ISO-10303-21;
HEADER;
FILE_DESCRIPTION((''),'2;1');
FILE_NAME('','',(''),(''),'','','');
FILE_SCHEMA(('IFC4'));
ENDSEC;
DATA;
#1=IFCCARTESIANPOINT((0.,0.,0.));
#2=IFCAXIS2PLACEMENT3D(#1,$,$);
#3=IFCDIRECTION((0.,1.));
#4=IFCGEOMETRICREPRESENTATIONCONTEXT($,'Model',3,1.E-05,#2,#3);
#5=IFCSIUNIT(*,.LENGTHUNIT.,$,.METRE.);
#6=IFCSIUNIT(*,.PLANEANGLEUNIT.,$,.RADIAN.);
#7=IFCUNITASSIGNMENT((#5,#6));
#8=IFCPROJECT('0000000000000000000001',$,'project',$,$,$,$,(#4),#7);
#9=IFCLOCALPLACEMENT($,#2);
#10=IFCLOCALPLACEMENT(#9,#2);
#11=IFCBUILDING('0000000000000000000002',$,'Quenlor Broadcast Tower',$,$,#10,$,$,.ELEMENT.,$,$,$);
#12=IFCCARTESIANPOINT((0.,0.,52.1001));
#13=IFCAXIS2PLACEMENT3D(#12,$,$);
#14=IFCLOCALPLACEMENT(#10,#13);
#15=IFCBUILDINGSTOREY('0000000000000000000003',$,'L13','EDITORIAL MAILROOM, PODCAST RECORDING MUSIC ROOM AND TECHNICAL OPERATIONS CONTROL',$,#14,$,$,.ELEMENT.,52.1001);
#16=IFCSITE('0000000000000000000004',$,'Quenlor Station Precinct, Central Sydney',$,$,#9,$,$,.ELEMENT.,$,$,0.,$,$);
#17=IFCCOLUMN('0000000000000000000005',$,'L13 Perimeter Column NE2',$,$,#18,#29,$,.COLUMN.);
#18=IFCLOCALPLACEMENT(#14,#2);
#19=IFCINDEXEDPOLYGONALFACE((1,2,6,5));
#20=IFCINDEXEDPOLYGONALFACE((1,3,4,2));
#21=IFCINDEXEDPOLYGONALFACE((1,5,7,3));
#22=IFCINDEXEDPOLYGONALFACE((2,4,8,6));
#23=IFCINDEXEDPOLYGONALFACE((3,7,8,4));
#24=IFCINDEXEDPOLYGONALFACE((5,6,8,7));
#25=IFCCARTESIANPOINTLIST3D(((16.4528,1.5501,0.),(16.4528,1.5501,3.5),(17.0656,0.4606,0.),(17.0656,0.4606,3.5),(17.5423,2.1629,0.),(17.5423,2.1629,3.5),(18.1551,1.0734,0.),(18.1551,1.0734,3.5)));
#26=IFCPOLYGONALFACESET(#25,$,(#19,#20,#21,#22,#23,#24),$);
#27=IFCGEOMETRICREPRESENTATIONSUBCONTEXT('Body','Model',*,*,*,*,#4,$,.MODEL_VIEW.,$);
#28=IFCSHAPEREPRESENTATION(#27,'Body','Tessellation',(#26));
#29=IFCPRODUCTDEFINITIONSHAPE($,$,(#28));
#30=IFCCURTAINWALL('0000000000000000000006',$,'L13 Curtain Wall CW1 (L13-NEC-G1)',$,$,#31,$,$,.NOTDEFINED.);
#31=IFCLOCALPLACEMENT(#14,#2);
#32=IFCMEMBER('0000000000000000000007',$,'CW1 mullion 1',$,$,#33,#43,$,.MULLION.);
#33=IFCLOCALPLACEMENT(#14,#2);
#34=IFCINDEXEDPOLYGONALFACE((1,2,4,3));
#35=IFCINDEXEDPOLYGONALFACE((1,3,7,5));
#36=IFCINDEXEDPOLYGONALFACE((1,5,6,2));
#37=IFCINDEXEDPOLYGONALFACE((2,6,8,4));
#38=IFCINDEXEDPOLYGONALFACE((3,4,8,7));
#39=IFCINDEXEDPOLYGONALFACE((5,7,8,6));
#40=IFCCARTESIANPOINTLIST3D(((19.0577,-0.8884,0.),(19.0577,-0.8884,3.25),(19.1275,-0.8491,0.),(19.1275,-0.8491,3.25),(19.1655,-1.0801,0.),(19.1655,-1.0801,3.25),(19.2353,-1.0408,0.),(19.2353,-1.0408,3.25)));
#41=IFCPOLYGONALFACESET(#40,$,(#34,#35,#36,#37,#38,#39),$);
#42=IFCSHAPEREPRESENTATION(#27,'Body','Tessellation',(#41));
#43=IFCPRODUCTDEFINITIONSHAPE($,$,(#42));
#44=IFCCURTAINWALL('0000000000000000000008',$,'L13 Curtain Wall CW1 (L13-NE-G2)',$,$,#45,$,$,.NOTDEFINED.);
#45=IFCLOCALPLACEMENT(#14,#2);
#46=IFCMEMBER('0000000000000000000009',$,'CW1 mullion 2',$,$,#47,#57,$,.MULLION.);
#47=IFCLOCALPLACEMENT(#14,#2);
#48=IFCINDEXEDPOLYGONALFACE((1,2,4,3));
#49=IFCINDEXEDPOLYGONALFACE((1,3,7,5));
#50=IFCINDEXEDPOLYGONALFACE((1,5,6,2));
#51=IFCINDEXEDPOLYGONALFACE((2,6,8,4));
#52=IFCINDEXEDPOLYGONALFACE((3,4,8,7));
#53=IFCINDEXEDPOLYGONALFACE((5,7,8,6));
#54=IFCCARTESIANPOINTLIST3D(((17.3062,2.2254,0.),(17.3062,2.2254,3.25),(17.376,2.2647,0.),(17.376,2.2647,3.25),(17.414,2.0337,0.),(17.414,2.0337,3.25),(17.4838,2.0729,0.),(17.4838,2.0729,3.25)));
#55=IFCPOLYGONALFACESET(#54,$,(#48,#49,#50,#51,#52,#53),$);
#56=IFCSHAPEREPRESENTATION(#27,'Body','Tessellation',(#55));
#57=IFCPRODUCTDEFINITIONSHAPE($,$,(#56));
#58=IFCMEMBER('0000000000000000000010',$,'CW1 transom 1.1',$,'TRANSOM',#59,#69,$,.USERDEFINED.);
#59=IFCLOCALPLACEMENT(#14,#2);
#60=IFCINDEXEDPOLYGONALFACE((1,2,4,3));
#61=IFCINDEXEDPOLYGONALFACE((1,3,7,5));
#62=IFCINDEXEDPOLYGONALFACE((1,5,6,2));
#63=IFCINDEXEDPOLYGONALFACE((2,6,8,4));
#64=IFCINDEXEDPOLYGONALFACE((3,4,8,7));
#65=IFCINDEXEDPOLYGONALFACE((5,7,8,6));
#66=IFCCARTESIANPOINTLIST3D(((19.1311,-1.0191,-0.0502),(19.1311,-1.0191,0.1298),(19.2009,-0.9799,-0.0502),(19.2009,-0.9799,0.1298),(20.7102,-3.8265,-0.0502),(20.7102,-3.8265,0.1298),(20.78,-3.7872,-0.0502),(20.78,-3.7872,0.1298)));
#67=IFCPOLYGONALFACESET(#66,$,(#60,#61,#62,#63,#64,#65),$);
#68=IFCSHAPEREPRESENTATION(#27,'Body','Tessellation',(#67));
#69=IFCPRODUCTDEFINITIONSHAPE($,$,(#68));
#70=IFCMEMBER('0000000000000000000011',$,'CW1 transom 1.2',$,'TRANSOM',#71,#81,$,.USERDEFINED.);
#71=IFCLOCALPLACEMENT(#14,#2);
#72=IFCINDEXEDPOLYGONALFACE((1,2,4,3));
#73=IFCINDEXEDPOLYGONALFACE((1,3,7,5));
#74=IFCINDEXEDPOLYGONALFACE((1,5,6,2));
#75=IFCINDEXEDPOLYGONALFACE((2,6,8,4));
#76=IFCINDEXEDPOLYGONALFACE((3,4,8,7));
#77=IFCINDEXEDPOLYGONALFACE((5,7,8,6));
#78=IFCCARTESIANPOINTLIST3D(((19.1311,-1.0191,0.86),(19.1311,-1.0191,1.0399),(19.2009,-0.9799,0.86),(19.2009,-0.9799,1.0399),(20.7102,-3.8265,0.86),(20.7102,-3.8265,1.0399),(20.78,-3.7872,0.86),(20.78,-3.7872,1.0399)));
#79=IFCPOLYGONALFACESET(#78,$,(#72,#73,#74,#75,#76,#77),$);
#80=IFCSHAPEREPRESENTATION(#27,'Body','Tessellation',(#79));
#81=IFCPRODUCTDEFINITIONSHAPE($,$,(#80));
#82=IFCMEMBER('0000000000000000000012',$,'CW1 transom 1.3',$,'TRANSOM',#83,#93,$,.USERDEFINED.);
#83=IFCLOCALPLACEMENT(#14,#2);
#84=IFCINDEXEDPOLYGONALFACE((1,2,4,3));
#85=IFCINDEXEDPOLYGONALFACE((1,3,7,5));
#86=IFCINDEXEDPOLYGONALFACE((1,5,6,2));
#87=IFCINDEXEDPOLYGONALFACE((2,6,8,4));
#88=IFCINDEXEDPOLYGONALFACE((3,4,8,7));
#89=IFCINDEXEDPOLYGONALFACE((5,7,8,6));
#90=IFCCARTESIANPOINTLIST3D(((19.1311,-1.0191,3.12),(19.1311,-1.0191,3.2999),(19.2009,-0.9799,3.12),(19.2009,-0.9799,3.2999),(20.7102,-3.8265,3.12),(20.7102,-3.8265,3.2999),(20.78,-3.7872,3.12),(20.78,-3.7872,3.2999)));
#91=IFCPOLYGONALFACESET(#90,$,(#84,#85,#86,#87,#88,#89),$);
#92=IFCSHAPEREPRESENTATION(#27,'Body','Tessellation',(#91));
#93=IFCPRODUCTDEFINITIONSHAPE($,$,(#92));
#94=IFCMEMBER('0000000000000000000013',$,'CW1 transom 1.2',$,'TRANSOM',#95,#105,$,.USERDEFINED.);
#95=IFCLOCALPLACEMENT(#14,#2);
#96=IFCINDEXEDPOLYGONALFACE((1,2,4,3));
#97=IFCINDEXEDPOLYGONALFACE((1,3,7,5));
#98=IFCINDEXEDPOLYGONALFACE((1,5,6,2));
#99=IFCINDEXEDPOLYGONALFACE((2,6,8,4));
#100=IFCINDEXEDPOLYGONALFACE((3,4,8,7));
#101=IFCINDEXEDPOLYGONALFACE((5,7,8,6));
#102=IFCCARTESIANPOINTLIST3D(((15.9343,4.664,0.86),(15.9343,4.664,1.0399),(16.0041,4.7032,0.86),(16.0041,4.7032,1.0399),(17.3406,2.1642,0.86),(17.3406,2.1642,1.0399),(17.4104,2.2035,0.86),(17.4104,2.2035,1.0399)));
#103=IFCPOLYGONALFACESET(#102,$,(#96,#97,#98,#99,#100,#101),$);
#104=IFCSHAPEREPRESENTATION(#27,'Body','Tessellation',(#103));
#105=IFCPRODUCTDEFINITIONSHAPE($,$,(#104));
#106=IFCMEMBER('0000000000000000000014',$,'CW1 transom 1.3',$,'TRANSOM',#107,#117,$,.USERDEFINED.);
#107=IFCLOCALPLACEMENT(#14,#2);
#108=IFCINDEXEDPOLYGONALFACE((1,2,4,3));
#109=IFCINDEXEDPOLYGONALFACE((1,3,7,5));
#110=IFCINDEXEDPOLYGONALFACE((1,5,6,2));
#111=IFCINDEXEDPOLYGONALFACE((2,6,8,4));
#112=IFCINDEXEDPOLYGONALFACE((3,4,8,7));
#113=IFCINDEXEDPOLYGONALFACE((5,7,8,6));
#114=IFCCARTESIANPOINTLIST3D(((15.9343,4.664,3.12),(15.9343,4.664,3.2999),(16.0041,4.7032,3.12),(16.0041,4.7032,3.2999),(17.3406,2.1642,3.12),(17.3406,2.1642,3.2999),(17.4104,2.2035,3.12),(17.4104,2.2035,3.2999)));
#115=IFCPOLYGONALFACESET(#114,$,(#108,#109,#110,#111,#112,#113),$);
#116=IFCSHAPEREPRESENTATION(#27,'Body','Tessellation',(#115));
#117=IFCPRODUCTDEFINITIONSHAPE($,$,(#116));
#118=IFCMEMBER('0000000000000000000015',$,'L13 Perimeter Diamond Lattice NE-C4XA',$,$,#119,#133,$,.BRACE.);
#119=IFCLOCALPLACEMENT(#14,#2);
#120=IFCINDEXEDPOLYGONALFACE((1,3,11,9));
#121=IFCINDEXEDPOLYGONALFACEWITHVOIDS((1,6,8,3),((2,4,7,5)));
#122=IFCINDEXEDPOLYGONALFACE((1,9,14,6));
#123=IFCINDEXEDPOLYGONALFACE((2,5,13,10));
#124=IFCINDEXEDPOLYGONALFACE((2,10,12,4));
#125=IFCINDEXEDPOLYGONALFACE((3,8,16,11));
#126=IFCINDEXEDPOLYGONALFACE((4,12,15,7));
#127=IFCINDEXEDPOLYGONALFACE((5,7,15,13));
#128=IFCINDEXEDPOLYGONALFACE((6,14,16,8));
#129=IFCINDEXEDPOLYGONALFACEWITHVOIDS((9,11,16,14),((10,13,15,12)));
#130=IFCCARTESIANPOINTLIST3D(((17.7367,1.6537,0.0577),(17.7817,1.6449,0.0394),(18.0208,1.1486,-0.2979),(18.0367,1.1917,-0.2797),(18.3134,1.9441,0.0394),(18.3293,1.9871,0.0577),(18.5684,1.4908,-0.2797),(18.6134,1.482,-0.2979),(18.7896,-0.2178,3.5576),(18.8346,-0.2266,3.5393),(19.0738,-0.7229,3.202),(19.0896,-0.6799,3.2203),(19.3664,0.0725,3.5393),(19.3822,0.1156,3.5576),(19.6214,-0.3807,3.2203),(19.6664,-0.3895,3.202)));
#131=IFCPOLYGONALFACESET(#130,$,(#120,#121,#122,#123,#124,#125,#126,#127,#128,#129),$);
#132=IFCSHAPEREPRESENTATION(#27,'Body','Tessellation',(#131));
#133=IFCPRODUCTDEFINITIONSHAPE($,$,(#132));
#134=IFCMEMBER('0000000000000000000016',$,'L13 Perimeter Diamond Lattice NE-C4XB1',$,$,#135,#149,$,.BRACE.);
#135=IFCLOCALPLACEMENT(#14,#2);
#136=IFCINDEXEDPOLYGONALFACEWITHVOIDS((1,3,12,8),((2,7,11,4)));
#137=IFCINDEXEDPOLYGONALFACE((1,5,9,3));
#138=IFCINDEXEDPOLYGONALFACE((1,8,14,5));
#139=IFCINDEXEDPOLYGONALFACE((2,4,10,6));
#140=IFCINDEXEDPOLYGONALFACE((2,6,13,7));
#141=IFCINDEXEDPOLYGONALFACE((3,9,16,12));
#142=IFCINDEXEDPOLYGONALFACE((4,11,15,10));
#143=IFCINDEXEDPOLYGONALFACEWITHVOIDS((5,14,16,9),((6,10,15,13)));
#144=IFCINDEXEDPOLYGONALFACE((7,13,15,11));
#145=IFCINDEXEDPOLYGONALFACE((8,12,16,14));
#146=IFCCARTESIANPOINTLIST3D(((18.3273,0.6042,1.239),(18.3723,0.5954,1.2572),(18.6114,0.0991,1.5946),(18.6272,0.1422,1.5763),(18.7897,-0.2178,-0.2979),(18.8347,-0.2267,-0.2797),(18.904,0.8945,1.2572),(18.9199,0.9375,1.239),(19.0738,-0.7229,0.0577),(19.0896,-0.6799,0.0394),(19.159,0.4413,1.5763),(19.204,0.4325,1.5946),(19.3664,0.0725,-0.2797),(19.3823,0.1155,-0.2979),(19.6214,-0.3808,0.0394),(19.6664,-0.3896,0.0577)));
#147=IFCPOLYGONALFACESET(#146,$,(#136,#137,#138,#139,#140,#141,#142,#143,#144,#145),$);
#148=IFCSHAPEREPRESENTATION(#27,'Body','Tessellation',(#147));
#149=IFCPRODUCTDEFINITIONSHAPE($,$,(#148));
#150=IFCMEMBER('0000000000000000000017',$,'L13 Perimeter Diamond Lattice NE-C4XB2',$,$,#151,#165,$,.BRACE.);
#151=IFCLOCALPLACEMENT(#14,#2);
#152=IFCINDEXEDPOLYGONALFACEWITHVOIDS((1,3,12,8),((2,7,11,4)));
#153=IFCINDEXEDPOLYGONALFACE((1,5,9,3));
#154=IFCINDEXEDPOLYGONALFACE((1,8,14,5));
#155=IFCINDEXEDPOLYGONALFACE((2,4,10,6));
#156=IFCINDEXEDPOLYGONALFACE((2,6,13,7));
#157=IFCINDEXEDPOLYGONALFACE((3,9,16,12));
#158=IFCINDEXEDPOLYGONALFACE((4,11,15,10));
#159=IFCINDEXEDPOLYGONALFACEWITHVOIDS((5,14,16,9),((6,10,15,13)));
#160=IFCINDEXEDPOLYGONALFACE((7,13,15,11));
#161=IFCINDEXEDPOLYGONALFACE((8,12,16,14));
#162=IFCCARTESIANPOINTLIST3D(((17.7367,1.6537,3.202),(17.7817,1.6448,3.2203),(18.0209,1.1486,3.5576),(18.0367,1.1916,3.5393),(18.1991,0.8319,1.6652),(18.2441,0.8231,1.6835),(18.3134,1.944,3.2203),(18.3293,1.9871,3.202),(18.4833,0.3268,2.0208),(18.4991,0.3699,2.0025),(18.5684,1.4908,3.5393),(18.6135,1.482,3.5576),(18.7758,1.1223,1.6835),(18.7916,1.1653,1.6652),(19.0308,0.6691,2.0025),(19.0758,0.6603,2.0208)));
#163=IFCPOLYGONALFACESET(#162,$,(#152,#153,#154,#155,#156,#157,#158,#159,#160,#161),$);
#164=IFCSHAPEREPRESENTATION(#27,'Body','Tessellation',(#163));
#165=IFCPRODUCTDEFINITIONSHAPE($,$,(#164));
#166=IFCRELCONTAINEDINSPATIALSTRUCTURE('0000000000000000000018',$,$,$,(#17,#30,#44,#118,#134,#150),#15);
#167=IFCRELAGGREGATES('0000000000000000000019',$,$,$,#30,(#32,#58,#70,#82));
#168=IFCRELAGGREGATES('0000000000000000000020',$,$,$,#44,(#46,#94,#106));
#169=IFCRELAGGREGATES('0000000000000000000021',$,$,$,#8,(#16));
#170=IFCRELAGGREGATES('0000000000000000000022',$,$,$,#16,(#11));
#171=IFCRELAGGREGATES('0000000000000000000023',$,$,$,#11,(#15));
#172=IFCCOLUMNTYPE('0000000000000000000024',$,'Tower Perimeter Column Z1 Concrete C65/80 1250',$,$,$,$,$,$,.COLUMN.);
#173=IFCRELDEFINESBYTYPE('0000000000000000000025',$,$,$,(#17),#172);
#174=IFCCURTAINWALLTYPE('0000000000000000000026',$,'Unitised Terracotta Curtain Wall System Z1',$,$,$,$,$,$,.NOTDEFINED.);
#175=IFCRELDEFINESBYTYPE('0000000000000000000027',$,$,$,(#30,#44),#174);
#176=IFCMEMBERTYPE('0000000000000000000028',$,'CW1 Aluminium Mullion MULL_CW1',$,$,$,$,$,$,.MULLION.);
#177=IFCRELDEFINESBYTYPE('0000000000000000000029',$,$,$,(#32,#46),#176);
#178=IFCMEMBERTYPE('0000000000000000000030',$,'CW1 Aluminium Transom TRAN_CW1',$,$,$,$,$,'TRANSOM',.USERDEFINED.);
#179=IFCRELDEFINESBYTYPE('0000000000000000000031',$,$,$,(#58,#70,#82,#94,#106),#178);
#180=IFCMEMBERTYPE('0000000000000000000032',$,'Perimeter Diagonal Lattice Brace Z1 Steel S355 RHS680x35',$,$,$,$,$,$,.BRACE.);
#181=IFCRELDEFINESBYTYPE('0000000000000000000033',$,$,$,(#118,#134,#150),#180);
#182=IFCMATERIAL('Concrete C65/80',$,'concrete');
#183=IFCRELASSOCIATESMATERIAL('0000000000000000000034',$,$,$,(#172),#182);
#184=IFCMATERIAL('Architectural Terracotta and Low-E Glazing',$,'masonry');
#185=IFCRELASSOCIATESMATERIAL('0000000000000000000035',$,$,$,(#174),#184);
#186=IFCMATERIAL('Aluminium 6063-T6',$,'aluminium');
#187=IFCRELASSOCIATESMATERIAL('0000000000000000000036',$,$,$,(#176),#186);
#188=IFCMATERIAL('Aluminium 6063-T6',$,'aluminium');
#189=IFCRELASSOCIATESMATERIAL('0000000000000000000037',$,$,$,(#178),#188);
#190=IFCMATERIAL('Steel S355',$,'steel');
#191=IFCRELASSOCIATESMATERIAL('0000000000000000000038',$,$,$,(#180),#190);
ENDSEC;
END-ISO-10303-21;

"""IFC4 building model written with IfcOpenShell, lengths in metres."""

from ifc_helpers import new_model, si_unit, direction, frame, origin, origin_2d, place, context, subcontext, project, spatial, rectangle, hollow_rectangle, extrude, material, material_profile, profile_set, type_object, element, aggregate, save


model = new_model("IFC4")

# Units and contexts
model_context = context("Model", 3, precision=1e-05, world=origin(), true_north=direction((0.0, 1.0)))
body_context = subcontext(model_context, "Body", "Model", "MODEL_VIEW")
ifc_project = project(units=[si_unit("LENGTHUNIT", "METRE"), si_unit("PLANEANGLEUNIT", "RADIAN")], contexts=[model_context])

# Site, building, storey
site_placement = place(None, origin())
site = spatial("IfcSite", under=ifc_project, at=site_placement, Name="Quenlor Station Precinct, Central Sydney", CompositionType="ELEMENT", RefElevation=0.0)
building_placement = place(site_placement, origin())
building = spatial("IfcBuilding", under=site, at=building_placement, Name="Quenlor Broadcast Tower", CompositionType="ELEMENT")
storey_placement = place(building_placement, frame((0.0, 0.0, 52.1001)))
storey = spatial("IfcBuildingStorey", under=building, at=storey_placement, Name="L13", Description="EDITORIAL MAILROOM, PODCAST RECORDING MUSIC ROOM AND TECHNICAL OPERATIONS CONTROL", CompositionType="ELEMENT", Elevation=52.1001)

# Column
ifc_material_1 = material(Name="Concrete C65/80", Category="concrete")
ifc_material_profile_1 = material_profile(ifc_material_1, rectangle(XDim=1.25, YDim=1.25, at=origin_2d()))
ifc_profile_set_1 = profile_set([ifc_material_profile_1], Name="Concrete C65/80 RC1250x1250")
column_type = type_object("IfcColumnType", Name="Tower Perimeter Column Z1 Concrete C65/80 1250", PredefinedType="COLUMN", material=ifc_profile_set_1)
column_placement = place(storey_placement, frame((17.304, 1.3118, 0.0), z_axis=(0.0, 0.0, 1.0), x_axis=(0.871575, 0.490262, 0.0)))
element("IfcColumn", 1, at=column_placement, inside=storey, type_object=column_type, Name="L13 Perimeter Column NE2", PredefinedType="COLUMN", context=body_context, shape_type="SweptSolid", body=[
    extrude(rectangle(XDim=1.25, YDim=1.25, at=origin_2d()), origin(), (0.0, 0.0, 1.0), 3.5),
])

# Curtain walls, members
ifc_material_2 = material(Name="Architectural Terracotta and Low-E Glazing", Category="masonry")
curtain_wall_type = type_object("IfcCurtainWallType", Name="Unitised Terracotta Curtain Wall System Z1", PredefinedType="NOTDEFINED", material=ifc_material_2)
curtain_wall_1_placement = place(storey_placement, origin())
curtain_wall_1 = element("IfcCurtainWall", 2, at=curtain_wall_1_placement, inside=storey, type_object=curtain_wall_type, Name="L13 Curtain Wall CW1 (L13-NEC-G1)", PredefinedType="NOTDEFINED")
ifc_material_3 = material(Name="Aluminium 6063-T6", Category="aluminium")
ifc_material_profile_2 = material_profile(ifc_material_3, rectangle(XDim=0.0801, YDim=0.22, at=origin_2d()))
ifc_profile_set_2 = profile_set([ifc_material_profile_2], Name="Aluminium 6063-T6 MULL80x220")
member_type_1 = type_object("IfcMemberType", Name="CW1 Aluminium Mullion MULL_CW1", PredefinedType="MULLION", material=ifc_profile_set_2)
member_1_placement = place(storey_placement, frame((19.1465, -0.9646, 0.0), z_axis=(0.0, 0.0, 1.0), x_axis=(0.871578, 0.490257, 0.0)))
member_1 = element("IfcMember", 3, at=member_1_placement, type_object=member_type_1, Name="CW1 mullion 1", PredefinedType="MULLION", context=body_context, shape_type="SweptSolid", body=[
    extrude(rectangle(XDim=0.0801, YDim=0.22, at=origin_2d()), origin(), (0.0, 0.0, 1.0), 3.25),
])
curtain_wall_2_placement = place(storey_placement, origin())
curtain_wall_2 = element("IfcCurtainWall", 4, at=curtain_wall_2_placement, inside=storey, type_object=curtain_wall_type, Name="L13 Curtain Wall CW1 (L13-NE-G2)", PredefinedType="NOTDEFINED")
member_2_placement = place(storey_placement, frame((17.395, 2.1492, 0.0), z_axis=(0.0, 0.0, 1.0), x_axis=(0.871568, 0.490274, 0.0)))
member_2 = element("IfcMember", 5, at=member_2_placement, type_object=member_type_1, Name="CW1 mullion 2", PredefinedType="MULLION", context=body_context, shape_type="SweptSolid", body=[
    extrude(rectangle(XDim=0.0801, YDim=0.22, at=origin_2d()), origin(), (0.0, 0.0, 1.0), 3.25),
])

# Members
ifc_material_4 = material(Name="Aluminium 6063-T6", Category="aluminium")
ifc_material_profile_3 = material_profile(ifc_material_4, rectangle(XDim=0.0801, YDim=0.1799, at=origin_2d()))
ifc_profile_set_3 = profile_set([ifc_material_profile_3], Name="Aluminium 6063-T6 TRAN80x180")
member_type_2 = type_object("IfcMemberType", Name="CW1 Aluminium Transom TRAN_CW1", ElementType="TRANSOM", PredefinedType="USERDEFINED", material=ifc_profile_set_3)
member_3_placement = place(storey_placement, frame((19.166, -0.9995, 0.0398), z_axis=(0.49025, -0.871582, 0.0), x_axis=(0.871582, 0.49025, 0.0)))
member_3 = element("IfcMember", 6, at=member_3_placement, type_object=member_type_2, Name="CW1 transom 1.1", ObjectType="TRANSOM", PredefinedType="USERDEFINED", context=body_context, shape_type="SweptSolid", body=[
    extrude(rectangle(XDim=0.0801, YDim=0.1799, at=origin_2d()), origin(), (0.0, 0.0, 1.0), 3.2209),
])
member_4_placement = place(storey_placement, frame((19.166, -0.9995, 0.95), z_axis=(0.49025, -0.871582, 0.0), x_axis=(0.871582, 0.49025, 0.0)))
member_4 = element("IfcMember", 7, at=member_4_placement, type_object=member_type_2, Name="CW1 transom 1.2", ObjectType="TRANSOM", PredefinedType="USERDEFINED", context=body_context, shape_type="SweptSolid", body=[
    extrude(rectangle(XDim=0.0801, YDim=0.1799, at=origin_2d()), origin(), (0.0, 0.0, 1.0), 3.2209),
])
member_5_placement = place(storey_placement, frame((19.166, -0.9995, 3.21), z_axis=(0.49025, -0.871582, 0.0), x_axis=(0.871582, 0.49025, 0.0)))
member_5 = element("IfcMember", 8, at=member_5_placement, type_object=member_type_2, Name="CW1 transom 1.3", ObjectType="TRANSOM", PredefinedType="USERDEFINED", context=body_context, shape_type="SweptSolid", body=[
    extrude(rectangle(XDim=0.0801, YDim=0.1799, at=origin_2d()), origin(), (0.0, 0.0, 1.0), 3.2209),
])
aggregate(curtain_wall_1, [member_1, member_3, member_4, member_5])
member_6_placement = place(storey_placement, frame((15.9692, 4.6836, 0.95), z_axis=(0.490298, -0.871555, 0.0), x_axis=(0.871555, 0.490298, 0.0)))
member_6 = element("IfcMember", 9, at=member_6_placement, type_object=member_type_2, Name="CW1 transom 1.2", ObjectType="TRANSOM", PredefinedType="USERDEFINED", context=body_context, shape_type="SweptSolid", body=[
    extrude(rectangle(XDim=0.0801, YDim=0.1799, at=origin_2d()), origin(), (0.0, 0.0, 1.0), 2.8682),
])
member_7_placement = place(storey_placement, frame((15.9692, 4.6836, 3.21), z_axis=(0.490298, -0.871555, 0.0), x_axis=(0.871555, 0.490298, 0.0)))
member_7 = element("IfcMember", 10, at=member_7_placement, type_object=member_type_2, Name="CW1 transom 1.3", ObjectType="TRANSOM", PredefinedType="USERDEFINED", context=body_context, shape_type="SweptSolid", body=[
    extrude(rectangle(XDim=0.0801, YDim=0.1799, at=origin_2d()), origin(), (0.0, 0.0, 1.0), 2.8682),
])

# Members
ifc_material_5 = material(Name="Steel S355", Category="steel")
ifc_material_profile_4 = material_profile(ifc_material_5, hollow_rectangle(XDim=0.6799, YDim=0.6799, WallThickness=0.0349, at=origin_2d()))
ifc_profile_set_4 = profile_set([ifc_material_profile_4], Name="Steel S355 RHS680x680x35")
member_type_3 = type_object("IfcMemberType", Name="Perimeter Diagonal Lattice Brace Z1 Steel S355 RHS680x35", PredefinedType="BRACE", material=ifc_profile_set_4)
member_8_placement = place(storey_placement, frame((18.175, 1.5679, -0.1201), z_axis=(0.256431, -0.455785, 0.852352), x_axis=(0.871533, 0.490337, 0.0)))
element("IfcMember", 11, at=member_8_placement, inside=storey, type_object=member_type_3, Name="L13 Perimeter Diamond Lattice NE-C4XA", PredefinedType="BRACE", context=body_context, shape_type="SweptSolid", body=[
    extrude(hollow_rectangle(XDim=0.6799, YDim=0.6799, WallThickness=0.0349, at=origin_2d()), origin(), (0.0, 0.0, 1.0), 4.1062),
])
member_9_placement = place(storey_placement, frame((19.228, -0.3037, -0.1201), z_axis=(-0.256436, 0.455871, 0.852304), x_axis=(-0.871569, -0.490274, 0.0)))
element("IfcMember", 12, at=member_9_placement, inside=storey, type_object=member_type_3, Name="L13 Perimeter Diamond Lattice NE-C4XB1", PredefinedType="BRACE", context=body_context, shape_type="SweptSolid", body=[
    extrude(hollow_rectangle(XDim=0.6799, YDim=0.6799, WallThickness=0.0349, at=origin_2d()), origin(), (0.0, 0.0, 1.0), 1.8032),
])
member_10_placement = place(storey_placement, frame((18.6375, 0.7461, 1.843), z_axis=(-0.256452, 0.455764, 0.852357), x_axis=(-0.871506, -0.490384, 0.0)))
element("IfcMember", 13, at=member_10_placement, inside=storey, type_object=member_type_3, Name="L13 Perimeter Diamond Lattice NE-C4XB2", PredefinedType="BRACE", context=body_context, shape_type="SweptSolid", body=[
    extrude(hollow_rectangle(XDim=0.6799, YDim=0.6799, WallThickness=0.0349, at=origin_2d()), origin(), (0.0, 0.0, 1.0), 1.803),
])

aggregate(curtain_wall_2, [member_2, member_6, member_7])

save(model, "model.ifc")
